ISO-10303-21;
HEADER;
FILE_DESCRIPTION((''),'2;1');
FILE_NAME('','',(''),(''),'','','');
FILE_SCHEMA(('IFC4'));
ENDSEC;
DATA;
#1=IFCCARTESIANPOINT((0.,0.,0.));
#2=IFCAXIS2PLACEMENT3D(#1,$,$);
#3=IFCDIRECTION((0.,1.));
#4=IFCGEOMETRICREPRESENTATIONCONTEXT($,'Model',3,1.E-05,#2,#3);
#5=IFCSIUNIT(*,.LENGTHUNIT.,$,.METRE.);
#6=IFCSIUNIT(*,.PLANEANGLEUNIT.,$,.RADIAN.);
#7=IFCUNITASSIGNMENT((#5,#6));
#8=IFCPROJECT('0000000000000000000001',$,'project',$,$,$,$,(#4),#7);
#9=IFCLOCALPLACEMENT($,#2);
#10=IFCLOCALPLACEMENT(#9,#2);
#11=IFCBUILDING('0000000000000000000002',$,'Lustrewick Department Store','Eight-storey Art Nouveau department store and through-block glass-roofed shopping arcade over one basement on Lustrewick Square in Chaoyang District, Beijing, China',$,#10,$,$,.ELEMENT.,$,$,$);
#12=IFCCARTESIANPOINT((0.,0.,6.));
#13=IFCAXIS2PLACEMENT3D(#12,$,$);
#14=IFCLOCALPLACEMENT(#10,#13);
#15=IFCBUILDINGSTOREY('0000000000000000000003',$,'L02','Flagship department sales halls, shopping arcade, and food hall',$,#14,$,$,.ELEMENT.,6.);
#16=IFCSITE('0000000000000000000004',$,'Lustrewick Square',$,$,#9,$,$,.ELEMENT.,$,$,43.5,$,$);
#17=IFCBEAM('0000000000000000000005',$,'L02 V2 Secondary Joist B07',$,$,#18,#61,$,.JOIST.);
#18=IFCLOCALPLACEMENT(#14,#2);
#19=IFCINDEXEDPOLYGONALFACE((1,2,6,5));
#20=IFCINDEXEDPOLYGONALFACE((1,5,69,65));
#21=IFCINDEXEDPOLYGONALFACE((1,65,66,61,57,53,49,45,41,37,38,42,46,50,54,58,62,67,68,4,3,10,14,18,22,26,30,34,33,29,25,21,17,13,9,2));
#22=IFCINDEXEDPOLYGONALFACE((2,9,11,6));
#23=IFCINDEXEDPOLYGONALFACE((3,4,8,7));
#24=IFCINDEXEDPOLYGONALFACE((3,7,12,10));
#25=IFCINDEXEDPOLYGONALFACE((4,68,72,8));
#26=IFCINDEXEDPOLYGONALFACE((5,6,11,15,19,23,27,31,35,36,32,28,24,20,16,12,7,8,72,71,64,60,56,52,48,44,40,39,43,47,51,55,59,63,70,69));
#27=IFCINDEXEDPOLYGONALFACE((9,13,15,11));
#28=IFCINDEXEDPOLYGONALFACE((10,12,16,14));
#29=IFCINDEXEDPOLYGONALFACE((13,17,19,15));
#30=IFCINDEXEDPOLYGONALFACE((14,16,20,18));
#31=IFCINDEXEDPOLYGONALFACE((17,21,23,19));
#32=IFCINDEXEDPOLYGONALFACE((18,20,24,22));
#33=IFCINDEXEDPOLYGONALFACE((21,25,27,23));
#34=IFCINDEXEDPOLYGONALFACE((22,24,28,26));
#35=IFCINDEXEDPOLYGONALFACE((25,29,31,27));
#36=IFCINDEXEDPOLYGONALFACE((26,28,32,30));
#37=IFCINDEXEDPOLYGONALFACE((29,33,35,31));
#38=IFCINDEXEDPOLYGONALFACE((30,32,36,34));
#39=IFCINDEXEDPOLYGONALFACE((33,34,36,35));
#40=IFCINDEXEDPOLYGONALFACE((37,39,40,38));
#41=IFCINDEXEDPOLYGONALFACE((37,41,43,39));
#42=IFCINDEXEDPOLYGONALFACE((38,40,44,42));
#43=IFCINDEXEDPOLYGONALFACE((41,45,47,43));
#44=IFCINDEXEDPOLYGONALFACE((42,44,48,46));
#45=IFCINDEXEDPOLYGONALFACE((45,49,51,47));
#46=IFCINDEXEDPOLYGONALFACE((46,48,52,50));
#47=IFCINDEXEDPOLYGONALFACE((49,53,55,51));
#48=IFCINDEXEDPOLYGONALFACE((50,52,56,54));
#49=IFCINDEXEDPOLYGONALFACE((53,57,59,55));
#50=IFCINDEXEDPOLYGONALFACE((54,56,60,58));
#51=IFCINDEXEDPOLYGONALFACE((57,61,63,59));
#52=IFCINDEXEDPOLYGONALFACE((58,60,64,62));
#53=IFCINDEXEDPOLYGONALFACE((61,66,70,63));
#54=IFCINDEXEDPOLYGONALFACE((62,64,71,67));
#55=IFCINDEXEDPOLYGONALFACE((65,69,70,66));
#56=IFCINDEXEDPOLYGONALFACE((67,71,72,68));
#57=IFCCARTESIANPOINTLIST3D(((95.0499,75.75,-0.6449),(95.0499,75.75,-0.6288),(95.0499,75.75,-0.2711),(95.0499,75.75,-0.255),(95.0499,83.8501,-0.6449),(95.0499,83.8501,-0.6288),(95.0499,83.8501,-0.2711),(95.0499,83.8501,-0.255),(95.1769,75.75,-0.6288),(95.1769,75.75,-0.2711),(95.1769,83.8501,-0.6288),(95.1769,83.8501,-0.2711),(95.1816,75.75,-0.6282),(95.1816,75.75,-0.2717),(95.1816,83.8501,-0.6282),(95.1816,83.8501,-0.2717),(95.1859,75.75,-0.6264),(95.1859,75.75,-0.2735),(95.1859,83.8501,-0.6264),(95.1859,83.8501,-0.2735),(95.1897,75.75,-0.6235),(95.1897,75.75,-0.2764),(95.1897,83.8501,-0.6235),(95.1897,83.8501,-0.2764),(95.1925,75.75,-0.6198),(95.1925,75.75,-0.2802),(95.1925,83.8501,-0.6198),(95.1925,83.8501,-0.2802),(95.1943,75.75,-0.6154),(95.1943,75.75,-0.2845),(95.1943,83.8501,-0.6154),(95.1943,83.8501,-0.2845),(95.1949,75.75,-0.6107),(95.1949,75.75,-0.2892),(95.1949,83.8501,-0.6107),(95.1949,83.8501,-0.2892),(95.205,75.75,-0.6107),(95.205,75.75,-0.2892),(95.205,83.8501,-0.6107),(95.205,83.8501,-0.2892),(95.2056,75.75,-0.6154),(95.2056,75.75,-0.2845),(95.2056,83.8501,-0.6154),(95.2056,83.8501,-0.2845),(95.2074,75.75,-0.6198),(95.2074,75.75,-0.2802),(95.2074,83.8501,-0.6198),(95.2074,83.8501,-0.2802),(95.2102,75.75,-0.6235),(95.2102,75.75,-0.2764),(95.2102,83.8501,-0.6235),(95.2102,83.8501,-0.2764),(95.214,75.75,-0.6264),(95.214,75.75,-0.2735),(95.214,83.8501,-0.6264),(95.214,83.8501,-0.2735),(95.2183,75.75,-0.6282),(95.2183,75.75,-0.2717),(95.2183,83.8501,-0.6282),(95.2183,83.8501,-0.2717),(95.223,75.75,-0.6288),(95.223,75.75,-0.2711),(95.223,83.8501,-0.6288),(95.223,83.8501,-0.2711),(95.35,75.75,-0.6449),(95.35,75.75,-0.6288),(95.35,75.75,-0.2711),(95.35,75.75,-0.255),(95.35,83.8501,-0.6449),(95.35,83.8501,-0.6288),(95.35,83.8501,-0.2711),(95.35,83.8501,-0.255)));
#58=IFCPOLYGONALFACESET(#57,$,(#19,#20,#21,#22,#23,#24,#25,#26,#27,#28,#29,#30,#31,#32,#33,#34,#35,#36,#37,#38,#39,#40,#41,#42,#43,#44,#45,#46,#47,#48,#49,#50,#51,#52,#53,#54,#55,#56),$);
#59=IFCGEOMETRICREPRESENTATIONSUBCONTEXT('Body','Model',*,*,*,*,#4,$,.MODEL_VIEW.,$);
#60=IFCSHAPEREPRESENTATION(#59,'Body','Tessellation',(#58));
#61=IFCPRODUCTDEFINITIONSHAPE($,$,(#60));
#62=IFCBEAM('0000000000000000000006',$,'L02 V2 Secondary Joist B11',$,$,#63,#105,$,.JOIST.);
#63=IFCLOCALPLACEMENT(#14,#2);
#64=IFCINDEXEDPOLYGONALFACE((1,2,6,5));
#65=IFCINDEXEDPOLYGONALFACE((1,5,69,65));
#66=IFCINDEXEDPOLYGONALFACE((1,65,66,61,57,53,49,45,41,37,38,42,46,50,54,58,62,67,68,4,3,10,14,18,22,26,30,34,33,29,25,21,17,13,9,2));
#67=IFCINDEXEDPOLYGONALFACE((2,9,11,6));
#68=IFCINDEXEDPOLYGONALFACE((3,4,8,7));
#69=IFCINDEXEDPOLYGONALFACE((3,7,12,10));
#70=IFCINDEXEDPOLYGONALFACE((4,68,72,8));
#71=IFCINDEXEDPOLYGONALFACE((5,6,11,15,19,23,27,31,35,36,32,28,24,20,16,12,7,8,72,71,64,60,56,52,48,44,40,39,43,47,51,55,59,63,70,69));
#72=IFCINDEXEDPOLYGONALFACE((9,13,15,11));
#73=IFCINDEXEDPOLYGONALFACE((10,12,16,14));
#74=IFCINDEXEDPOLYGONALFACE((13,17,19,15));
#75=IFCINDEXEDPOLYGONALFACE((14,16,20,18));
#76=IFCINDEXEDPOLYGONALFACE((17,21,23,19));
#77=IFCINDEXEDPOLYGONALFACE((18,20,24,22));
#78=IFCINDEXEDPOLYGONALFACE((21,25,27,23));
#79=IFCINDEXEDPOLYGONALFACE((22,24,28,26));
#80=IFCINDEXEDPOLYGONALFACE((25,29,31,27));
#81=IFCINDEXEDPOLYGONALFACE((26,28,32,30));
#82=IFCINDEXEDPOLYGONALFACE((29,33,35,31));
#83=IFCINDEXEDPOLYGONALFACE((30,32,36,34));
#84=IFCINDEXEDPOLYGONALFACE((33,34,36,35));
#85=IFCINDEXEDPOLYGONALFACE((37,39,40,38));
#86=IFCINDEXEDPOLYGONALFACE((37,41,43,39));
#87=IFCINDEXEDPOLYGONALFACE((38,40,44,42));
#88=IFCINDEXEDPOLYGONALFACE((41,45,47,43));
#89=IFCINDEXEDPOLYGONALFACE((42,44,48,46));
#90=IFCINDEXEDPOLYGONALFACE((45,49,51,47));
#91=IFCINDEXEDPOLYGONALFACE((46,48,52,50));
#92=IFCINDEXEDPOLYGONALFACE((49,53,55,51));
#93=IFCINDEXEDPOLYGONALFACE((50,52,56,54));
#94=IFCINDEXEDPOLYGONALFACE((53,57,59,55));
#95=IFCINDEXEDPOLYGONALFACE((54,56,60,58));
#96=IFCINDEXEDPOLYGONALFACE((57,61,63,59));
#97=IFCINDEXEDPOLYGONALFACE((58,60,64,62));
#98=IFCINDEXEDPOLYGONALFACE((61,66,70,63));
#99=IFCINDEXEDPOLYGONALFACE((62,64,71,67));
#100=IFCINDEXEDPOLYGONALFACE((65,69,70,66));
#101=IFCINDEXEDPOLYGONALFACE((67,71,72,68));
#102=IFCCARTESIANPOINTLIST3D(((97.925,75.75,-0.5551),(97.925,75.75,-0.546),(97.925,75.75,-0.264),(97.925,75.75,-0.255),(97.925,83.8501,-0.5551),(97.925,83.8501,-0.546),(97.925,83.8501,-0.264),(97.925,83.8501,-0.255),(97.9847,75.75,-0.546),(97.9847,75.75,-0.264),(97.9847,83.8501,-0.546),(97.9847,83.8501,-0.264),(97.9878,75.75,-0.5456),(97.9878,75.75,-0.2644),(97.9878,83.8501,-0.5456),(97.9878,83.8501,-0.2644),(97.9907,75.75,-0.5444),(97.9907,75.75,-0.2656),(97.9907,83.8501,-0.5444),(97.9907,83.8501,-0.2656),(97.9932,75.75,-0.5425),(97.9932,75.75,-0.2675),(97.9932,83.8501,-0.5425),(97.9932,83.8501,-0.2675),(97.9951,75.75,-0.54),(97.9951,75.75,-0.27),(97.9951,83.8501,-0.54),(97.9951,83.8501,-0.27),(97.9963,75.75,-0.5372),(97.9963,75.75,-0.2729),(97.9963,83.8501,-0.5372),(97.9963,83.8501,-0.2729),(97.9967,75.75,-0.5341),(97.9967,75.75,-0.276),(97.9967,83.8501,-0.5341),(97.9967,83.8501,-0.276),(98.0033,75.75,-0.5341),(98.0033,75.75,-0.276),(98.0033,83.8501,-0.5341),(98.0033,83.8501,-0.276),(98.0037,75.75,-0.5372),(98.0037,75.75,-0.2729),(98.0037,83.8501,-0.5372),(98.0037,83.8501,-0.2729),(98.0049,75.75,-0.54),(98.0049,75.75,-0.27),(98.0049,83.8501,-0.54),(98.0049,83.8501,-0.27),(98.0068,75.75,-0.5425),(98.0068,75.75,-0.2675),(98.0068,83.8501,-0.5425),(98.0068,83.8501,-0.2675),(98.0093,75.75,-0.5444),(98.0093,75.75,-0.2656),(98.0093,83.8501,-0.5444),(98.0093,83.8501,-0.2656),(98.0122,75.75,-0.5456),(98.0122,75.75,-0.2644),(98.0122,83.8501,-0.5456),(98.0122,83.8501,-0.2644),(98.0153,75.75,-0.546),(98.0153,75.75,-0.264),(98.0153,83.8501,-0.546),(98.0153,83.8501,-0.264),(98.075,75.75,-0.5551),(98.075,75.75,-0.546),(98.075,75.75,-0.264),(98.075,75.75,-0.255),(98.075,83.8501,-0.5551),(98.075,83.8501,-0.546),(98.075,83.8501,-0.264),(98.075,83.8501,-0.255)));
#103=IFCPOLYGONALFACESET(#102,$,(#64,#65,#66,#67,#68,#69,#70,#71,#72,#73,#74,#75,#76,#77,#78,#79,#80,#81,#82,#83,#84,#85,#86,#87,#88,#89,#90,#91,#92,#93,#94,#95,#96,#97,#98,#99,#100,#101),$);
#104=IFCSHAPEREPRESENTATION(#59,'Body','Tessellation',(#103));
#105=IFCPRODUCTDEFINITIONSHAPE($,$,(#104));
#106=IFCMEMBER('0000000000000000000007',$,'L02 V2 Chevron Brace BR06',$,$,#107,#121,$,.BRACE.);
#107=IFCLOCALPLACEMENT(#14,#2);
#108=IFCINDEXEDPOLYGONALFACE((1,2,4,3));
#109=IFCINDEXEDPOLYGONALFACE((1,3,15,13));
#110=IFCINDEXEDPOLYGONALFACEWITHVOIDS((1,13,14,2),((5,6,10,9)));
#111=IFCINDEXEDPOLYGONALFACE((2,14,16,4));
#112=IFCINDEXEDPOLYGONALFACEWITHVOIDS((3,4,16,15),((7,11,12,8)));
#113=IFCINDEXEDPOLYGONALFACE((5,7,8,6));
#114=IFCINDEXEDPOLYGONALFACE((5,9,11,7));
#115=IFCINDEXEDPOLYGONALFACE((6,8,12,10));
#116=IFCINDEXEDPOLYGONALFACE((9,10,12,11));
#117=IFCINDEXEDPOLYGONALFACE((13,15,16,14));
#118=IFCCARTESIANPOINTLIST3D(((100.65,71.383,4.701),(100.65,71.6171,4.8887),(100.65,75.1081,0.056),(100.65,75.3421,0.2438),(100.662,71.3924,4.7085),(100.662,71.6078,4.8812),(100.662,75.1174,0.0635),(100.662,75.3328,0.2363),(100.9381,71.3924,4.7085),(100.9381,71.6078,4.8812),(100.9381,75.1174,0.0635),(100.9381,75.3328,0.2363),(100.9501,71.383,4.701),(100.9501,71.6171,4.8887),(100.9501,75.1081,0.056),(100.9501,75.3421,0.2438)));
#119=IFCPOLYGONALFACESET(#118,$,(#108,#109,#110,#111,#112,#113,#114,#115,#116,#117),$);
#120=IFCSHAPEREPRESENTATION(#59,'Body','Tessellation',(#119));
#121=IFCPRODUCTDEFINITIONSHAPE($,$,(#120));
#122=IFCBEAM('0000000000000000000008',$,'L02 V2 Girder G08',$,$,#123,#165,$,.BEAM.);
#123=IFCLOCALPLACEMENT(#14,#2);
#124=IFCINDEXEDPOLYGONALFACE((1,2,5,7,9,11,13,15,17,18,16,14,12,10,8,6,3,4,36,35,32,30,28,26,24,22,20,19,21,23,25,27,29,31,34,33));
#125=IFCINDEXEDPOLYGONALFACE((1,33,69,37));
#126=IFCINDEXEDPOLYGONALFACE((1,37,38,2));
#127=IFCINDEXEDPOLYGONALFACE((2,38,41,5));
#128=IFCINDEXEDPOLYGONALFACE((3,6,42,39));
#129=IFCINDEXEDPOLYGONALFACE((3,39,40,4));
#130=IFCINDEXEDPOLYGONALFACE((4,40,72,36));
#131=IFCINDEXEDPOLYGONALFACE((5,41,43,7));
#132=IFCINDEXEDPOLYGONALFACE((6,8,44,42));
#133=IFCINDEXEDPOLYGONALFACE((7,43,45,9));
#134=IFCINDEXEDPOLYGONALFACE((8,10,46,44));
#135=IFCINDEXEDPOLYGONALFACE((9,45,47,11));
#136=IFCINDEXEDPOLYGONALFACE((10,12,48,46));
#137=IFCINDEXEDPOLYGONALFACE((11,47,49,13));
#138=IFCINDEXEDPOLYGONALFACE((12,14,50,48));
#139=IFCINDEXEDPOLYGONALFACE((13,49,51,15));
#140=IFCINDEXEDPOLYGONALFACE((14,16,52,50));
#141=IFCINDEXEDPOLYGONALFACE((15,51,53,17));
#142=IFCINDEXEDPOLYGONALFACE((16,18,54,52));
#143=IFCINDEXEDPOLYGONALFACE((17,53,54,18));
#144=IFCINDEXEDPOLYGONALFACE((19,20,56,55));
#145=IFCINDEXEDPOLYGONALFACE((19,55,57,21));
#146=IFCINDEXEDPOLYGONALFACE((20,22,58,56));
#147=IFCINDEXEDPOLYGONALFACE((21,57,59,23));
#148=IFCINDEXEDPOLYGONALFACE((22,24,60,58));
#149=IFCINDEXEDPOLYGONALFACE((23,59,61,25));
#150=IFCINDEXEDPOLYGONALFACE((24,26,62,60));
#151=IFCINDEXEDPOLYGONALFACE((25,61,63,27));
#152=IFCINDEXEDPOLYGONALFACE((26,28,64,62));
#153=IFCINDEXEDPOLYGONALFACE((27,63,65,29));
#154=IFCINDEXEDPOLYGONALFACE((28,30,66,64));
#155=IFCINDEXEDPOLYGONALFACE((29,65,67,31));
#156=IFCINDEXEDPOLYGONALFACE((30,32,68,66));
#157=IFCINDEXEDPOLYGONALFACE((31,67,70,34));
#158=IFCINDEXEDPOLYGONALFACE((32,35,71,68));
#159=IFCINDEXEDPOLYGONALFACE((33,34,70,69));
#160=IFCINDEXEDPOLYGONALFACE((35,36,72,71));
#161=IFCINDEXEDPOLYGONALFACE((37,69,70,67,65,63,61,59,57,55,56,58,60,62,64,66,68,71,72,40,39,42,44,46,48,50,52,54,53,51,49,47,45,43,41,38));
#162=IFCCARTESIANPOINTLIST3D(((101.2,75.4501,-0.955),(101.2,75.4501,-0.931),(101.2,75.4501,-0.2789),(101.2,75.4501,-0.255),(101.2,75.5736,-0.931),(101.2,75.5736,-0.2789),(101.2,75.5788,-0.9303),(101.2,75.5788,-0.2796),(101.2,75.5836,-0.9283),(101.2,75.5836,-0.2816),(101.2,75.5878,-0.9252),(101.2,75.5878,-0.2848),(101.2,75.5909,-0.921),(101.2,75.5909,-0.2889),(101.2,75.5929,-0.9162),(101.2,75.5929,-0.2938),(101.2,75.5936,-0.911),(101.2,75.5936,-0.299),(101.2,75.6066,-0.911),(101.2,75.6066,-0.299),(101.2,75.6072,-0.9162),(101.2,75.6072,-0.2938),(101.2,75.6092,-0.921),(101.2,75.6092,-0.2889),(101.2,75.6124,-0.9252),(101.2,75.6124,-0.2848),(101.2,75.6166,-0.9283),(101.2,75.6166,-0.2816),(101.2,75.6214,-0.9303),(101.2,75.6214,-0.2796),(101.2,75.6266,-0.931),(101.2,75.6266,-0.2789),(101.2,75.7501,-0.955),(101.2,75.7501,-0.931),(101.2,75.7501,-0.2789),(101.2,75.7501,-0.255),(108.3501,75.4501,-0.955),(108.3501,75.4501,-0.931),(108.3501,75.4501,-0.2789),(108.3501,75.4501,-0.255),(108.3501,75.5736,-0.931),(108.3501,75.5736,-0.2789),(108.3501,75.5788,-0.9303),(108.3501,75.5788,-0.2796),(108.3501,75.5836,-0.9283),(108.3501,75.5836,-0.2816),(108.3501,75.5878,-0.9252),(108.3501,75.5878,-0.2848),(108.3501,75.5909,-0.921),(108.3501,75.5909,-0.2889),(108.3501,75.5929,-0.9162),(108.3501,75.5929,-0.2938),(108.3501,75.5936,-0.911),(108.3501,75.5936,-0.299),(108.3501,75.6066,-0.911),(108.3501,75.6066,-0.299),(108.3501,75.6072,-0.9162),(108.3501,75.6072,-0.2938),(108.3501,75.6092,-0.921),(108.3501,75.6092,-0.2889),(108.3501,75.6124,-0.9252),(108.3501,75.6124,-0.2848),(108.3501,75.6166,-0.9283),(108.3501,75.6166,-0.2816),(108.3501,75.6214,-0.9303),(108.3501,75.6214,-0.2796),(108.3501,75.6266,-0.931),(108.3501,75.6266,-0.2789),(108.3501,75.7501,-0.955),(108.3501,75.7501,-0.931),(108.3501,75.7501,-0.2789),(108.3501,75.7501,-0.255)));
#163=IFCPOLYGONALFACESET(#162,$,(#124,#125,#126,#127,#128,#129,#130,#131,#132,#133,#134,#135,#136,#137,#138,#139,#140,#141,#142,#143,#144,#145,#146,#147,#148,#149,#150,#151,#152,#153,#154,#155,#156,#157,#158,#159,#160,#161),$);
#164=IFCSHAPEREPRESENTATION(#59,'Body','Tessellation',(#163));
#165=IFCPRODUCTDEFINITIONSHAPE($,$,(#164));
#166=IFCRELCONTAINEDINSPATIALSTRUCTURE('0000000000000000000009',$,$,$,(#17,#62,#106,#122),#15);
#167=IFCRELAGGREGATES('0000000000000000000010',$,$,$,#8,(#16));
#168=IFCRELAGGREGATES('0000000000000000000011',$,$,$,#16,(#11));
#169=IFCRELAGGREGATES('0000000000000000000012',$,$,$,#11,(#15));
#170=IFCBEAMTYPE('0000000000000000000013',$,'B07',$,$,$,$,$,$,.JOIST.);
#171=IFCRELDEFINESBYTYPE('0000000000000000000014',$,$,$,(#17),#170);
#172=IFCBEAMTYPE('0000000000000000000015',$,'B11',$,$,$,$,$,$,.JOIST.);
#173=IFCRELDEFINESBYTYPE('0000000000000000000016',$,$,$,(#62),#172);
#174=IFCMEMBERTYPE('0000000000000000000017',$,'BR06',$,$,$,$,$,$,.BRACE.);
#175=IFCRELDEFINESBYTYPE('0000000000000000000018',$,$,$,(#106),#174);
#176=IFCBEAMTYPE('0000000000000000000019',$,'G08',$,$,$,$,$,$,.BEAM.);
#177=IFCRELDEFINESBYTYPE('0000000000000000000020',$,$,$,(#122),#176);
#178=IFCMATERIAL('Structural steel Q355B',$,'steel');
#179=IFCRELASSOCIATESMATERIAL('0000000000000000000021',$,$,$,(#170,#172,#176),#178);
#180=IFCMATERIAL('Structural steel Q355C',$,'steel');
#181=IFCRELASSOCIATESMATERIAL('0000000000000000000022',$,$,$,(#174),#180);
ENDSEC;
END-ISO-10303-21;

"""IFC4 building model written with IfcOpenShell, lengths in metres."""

from ifc_helpers import new_model, si_unit, direction, frame, origin, origin_2d, place, context, subcontext, project, spatial, hollow_rectangle, i_section, extrude, material, material_profile, profile_set, type_object, element, save


model = new_model("IFC4")

# Units and contexts
model_context = context("Model", 3, precision=1e-05, world=origin(), true_north=direction((0.0, 1.0)))
body_context = subcontext(model_context, "Body", "Model", "MODEL_VIEW")
ifc_project = project(units=[si_unit("LENGTHUNIT", "METRE"), si_unit("PLANEANGLEUNIT", "RADIAN")], contexts=[model_context])

# Site, building, storey
site_placement = place(None, origin())
site = spatial("IfcSite", under=ifc_project, at=site_placement, Name="Lustrewick Square", CompositionType="ELEMENT", RefElevation=43.5)
building_placement = place(site_placement, origin())
building = spatial("IfcBuilding", under=site, at=building_placement, Name="Lustrewick Department Store", Description="Eight-storey Art Nouveau department store and through-block glass-roofed shopping arcade over one basement on Lustrewick Square in Chaoyang District, Beijing, China", CompositionType="ELEMENT")
storey_placement = place(building_placement, frame((0.0, 0.0, 6.0)))
storey = spatial("IfcBuildingStorey", under=building, at=storey_placement, Name="L02", Description="Flagship department sales halls, shopping arcade, and food hall", CompositionType="ELEMENT", Elevation=6.0)

# Shared definitions
ifc_material_1 = material(Name="Structural steel Q355C", Category="steel")
ifc_material_2 = material(Name="Structural steel Q355B", Category="steel")

# Beams
ifc_material_profile_1 = material_profile(ifc_material_2, i_section(OverallWidth=0.3, OverallDepth=0.3899, WebThickness=0.01, FlangeThickness=0.0161, FilletRadius=0.0181, at=origin_2d()), Name="HM 390x300x10x16")
ifc_profile_set_1 = profile_set([ifc_material_profile_1], Name="Structural steel Q355B")
beam_type_1 = type_object("IfcBeamType", Name="B07", PredefinedType="JOIST", material=ifc_profile_set_1)
beam_1_placement = place(storey_placement, frame((95.2, 75.75, -0.45), z_axis=(0.0, 1.0, 0.0), x_axis=(-1.0, 0.0, 0.0)))
element("IfcBeam", 1, at=beam_1_placement, inside=storey, type_object=beam_type_1, Name="L02 V2 Secondary Joist B07", PredefinedType="JOIST", context=body_context, shape_type="SweptSolid", body=[
    extrude(i_section(OverallWidth=0.3, OverallDepth=0.3899, WebThickness=0.01, FlangeThickness=0.0161, FilletRadius=0.0181, at=origin_2d()), origin(), (0.0, 0.0, 1.0), 8.1001),
])
ifc_material_profile_2 = material_profile(ifc_material_2, i_section(OverallWidth=0.1499, OverallDepth=0.3, WebThickness=0.0066, FlangeThickness=0.009, FilletRadius=0.012, at=origin_2d()), Name="HN 300x150x6.5x9")
ifc_profile_set_2 = profile_set([ifc_material_profile_2], Name="Structural steel Q355B")
beam_type_2 = type_object("IfcBeamType", Name="B11", PredefinedType="JOIST", material=ifc_profile_set_2)
beam_2_placement = place(storey_placement, frame((98.0, 75.75, -0.405), z_axis=(0.0, 1.0, 0.0), x_axis=(-1.0, 0.0, 0.0)))
element("IfcBeam", 2, at=beam_2_placement, inside=storey, type_object=beam_type_2, Name="L02 V2 Secondary Joist B11", PredefinedType="JOIST", context=body_context, shape_type="SweptSolid", body=[
    extrude(i_section(OverallWidth=0.1499, OverallDepth=0.3, WebThickness=0.0066, FlangeThickness=0.009, FilletRadius=0.012, at=origin_2d()), origin(), (0.0, 0.0, 1.0), 8.1001),
])

# Member
ifc_material_profile_3 = material_profile(ifc_material_1, hollow_rectangle(XDim=0.3, YDim=0.3, WallThickness=0.012, at=origin_2d()), Name="SHS 300x300x12")
ifc_profile_set_3 = profile_set([ifc_material_profile_3], Name="Structural steel Q355C")
member_type = type_object("IfcMemberType", Name="BR06", PredefinedType="BRACE", material=ifc_profile_set_3)
member_placement = place(storey_placement, frame((100.8, 75.2251, 0.1499), z_axis=(0.0, -0.625625, 0.780124), x_axis=(1.0, 0.0, 0.0)))
element("IfcMember", 3, at=member_placement, inside=storey, type_object=member_type, Name="L02 V2 Chevron Brace BR06", PredefinedType="BRACE", context=body_context, shape_type="SweptSolid", body=[
    extrude(hollow_rectangle(XDim=0.3, YDim=0.3, WallThickness=0.012, at=origin_2d()), origin(), (0.0, 0.0, 1.0), 5.9541),
])

# Beam
ifc_material_profile_4 = material_profile(ifc_material_2, i_section(OverallWidth=0.3, OverallDepth=0.7, WebThickness=0.0129, FlangeThickness=0.0239, FilletRadius=0.02, at=origin_2d()), Name="HN 700x300x13x24")
ifc_profile_set_4 = profile_set([ifc_material_profile_4], Name="Structural steel Q355B")
beam_type_3 = type_object("IfcBeamType", Name="G08", PredefinedType="BEAM", material=ifc_profile_set_4)
beam_3_placement = place(storey_placement, frame((101.2, 75.6001, -0.605), z_axis=(1.0, 0.0, 0.0), x_axis=(0.0, 1.0, 0.0)))
element("IfcBeam", 4, at=beam_3_placement, inside=storey, type_object=beam_type_3, Name="L02 V2 Girder G08", PredefinedType="BEAM", context=body_context, shape_type="SweptSolid", body=[
    extrude(i_section(OverallWidth=0.3, OverallDepth=0.7, WebThickness=0.0129, FlangeThickness=0.0239, FilletRadius=0.02, at=origin_2d()), origin(), (0.0, 0.0, 1.0), 7.1501),
])

save(model, "model.ifc")
